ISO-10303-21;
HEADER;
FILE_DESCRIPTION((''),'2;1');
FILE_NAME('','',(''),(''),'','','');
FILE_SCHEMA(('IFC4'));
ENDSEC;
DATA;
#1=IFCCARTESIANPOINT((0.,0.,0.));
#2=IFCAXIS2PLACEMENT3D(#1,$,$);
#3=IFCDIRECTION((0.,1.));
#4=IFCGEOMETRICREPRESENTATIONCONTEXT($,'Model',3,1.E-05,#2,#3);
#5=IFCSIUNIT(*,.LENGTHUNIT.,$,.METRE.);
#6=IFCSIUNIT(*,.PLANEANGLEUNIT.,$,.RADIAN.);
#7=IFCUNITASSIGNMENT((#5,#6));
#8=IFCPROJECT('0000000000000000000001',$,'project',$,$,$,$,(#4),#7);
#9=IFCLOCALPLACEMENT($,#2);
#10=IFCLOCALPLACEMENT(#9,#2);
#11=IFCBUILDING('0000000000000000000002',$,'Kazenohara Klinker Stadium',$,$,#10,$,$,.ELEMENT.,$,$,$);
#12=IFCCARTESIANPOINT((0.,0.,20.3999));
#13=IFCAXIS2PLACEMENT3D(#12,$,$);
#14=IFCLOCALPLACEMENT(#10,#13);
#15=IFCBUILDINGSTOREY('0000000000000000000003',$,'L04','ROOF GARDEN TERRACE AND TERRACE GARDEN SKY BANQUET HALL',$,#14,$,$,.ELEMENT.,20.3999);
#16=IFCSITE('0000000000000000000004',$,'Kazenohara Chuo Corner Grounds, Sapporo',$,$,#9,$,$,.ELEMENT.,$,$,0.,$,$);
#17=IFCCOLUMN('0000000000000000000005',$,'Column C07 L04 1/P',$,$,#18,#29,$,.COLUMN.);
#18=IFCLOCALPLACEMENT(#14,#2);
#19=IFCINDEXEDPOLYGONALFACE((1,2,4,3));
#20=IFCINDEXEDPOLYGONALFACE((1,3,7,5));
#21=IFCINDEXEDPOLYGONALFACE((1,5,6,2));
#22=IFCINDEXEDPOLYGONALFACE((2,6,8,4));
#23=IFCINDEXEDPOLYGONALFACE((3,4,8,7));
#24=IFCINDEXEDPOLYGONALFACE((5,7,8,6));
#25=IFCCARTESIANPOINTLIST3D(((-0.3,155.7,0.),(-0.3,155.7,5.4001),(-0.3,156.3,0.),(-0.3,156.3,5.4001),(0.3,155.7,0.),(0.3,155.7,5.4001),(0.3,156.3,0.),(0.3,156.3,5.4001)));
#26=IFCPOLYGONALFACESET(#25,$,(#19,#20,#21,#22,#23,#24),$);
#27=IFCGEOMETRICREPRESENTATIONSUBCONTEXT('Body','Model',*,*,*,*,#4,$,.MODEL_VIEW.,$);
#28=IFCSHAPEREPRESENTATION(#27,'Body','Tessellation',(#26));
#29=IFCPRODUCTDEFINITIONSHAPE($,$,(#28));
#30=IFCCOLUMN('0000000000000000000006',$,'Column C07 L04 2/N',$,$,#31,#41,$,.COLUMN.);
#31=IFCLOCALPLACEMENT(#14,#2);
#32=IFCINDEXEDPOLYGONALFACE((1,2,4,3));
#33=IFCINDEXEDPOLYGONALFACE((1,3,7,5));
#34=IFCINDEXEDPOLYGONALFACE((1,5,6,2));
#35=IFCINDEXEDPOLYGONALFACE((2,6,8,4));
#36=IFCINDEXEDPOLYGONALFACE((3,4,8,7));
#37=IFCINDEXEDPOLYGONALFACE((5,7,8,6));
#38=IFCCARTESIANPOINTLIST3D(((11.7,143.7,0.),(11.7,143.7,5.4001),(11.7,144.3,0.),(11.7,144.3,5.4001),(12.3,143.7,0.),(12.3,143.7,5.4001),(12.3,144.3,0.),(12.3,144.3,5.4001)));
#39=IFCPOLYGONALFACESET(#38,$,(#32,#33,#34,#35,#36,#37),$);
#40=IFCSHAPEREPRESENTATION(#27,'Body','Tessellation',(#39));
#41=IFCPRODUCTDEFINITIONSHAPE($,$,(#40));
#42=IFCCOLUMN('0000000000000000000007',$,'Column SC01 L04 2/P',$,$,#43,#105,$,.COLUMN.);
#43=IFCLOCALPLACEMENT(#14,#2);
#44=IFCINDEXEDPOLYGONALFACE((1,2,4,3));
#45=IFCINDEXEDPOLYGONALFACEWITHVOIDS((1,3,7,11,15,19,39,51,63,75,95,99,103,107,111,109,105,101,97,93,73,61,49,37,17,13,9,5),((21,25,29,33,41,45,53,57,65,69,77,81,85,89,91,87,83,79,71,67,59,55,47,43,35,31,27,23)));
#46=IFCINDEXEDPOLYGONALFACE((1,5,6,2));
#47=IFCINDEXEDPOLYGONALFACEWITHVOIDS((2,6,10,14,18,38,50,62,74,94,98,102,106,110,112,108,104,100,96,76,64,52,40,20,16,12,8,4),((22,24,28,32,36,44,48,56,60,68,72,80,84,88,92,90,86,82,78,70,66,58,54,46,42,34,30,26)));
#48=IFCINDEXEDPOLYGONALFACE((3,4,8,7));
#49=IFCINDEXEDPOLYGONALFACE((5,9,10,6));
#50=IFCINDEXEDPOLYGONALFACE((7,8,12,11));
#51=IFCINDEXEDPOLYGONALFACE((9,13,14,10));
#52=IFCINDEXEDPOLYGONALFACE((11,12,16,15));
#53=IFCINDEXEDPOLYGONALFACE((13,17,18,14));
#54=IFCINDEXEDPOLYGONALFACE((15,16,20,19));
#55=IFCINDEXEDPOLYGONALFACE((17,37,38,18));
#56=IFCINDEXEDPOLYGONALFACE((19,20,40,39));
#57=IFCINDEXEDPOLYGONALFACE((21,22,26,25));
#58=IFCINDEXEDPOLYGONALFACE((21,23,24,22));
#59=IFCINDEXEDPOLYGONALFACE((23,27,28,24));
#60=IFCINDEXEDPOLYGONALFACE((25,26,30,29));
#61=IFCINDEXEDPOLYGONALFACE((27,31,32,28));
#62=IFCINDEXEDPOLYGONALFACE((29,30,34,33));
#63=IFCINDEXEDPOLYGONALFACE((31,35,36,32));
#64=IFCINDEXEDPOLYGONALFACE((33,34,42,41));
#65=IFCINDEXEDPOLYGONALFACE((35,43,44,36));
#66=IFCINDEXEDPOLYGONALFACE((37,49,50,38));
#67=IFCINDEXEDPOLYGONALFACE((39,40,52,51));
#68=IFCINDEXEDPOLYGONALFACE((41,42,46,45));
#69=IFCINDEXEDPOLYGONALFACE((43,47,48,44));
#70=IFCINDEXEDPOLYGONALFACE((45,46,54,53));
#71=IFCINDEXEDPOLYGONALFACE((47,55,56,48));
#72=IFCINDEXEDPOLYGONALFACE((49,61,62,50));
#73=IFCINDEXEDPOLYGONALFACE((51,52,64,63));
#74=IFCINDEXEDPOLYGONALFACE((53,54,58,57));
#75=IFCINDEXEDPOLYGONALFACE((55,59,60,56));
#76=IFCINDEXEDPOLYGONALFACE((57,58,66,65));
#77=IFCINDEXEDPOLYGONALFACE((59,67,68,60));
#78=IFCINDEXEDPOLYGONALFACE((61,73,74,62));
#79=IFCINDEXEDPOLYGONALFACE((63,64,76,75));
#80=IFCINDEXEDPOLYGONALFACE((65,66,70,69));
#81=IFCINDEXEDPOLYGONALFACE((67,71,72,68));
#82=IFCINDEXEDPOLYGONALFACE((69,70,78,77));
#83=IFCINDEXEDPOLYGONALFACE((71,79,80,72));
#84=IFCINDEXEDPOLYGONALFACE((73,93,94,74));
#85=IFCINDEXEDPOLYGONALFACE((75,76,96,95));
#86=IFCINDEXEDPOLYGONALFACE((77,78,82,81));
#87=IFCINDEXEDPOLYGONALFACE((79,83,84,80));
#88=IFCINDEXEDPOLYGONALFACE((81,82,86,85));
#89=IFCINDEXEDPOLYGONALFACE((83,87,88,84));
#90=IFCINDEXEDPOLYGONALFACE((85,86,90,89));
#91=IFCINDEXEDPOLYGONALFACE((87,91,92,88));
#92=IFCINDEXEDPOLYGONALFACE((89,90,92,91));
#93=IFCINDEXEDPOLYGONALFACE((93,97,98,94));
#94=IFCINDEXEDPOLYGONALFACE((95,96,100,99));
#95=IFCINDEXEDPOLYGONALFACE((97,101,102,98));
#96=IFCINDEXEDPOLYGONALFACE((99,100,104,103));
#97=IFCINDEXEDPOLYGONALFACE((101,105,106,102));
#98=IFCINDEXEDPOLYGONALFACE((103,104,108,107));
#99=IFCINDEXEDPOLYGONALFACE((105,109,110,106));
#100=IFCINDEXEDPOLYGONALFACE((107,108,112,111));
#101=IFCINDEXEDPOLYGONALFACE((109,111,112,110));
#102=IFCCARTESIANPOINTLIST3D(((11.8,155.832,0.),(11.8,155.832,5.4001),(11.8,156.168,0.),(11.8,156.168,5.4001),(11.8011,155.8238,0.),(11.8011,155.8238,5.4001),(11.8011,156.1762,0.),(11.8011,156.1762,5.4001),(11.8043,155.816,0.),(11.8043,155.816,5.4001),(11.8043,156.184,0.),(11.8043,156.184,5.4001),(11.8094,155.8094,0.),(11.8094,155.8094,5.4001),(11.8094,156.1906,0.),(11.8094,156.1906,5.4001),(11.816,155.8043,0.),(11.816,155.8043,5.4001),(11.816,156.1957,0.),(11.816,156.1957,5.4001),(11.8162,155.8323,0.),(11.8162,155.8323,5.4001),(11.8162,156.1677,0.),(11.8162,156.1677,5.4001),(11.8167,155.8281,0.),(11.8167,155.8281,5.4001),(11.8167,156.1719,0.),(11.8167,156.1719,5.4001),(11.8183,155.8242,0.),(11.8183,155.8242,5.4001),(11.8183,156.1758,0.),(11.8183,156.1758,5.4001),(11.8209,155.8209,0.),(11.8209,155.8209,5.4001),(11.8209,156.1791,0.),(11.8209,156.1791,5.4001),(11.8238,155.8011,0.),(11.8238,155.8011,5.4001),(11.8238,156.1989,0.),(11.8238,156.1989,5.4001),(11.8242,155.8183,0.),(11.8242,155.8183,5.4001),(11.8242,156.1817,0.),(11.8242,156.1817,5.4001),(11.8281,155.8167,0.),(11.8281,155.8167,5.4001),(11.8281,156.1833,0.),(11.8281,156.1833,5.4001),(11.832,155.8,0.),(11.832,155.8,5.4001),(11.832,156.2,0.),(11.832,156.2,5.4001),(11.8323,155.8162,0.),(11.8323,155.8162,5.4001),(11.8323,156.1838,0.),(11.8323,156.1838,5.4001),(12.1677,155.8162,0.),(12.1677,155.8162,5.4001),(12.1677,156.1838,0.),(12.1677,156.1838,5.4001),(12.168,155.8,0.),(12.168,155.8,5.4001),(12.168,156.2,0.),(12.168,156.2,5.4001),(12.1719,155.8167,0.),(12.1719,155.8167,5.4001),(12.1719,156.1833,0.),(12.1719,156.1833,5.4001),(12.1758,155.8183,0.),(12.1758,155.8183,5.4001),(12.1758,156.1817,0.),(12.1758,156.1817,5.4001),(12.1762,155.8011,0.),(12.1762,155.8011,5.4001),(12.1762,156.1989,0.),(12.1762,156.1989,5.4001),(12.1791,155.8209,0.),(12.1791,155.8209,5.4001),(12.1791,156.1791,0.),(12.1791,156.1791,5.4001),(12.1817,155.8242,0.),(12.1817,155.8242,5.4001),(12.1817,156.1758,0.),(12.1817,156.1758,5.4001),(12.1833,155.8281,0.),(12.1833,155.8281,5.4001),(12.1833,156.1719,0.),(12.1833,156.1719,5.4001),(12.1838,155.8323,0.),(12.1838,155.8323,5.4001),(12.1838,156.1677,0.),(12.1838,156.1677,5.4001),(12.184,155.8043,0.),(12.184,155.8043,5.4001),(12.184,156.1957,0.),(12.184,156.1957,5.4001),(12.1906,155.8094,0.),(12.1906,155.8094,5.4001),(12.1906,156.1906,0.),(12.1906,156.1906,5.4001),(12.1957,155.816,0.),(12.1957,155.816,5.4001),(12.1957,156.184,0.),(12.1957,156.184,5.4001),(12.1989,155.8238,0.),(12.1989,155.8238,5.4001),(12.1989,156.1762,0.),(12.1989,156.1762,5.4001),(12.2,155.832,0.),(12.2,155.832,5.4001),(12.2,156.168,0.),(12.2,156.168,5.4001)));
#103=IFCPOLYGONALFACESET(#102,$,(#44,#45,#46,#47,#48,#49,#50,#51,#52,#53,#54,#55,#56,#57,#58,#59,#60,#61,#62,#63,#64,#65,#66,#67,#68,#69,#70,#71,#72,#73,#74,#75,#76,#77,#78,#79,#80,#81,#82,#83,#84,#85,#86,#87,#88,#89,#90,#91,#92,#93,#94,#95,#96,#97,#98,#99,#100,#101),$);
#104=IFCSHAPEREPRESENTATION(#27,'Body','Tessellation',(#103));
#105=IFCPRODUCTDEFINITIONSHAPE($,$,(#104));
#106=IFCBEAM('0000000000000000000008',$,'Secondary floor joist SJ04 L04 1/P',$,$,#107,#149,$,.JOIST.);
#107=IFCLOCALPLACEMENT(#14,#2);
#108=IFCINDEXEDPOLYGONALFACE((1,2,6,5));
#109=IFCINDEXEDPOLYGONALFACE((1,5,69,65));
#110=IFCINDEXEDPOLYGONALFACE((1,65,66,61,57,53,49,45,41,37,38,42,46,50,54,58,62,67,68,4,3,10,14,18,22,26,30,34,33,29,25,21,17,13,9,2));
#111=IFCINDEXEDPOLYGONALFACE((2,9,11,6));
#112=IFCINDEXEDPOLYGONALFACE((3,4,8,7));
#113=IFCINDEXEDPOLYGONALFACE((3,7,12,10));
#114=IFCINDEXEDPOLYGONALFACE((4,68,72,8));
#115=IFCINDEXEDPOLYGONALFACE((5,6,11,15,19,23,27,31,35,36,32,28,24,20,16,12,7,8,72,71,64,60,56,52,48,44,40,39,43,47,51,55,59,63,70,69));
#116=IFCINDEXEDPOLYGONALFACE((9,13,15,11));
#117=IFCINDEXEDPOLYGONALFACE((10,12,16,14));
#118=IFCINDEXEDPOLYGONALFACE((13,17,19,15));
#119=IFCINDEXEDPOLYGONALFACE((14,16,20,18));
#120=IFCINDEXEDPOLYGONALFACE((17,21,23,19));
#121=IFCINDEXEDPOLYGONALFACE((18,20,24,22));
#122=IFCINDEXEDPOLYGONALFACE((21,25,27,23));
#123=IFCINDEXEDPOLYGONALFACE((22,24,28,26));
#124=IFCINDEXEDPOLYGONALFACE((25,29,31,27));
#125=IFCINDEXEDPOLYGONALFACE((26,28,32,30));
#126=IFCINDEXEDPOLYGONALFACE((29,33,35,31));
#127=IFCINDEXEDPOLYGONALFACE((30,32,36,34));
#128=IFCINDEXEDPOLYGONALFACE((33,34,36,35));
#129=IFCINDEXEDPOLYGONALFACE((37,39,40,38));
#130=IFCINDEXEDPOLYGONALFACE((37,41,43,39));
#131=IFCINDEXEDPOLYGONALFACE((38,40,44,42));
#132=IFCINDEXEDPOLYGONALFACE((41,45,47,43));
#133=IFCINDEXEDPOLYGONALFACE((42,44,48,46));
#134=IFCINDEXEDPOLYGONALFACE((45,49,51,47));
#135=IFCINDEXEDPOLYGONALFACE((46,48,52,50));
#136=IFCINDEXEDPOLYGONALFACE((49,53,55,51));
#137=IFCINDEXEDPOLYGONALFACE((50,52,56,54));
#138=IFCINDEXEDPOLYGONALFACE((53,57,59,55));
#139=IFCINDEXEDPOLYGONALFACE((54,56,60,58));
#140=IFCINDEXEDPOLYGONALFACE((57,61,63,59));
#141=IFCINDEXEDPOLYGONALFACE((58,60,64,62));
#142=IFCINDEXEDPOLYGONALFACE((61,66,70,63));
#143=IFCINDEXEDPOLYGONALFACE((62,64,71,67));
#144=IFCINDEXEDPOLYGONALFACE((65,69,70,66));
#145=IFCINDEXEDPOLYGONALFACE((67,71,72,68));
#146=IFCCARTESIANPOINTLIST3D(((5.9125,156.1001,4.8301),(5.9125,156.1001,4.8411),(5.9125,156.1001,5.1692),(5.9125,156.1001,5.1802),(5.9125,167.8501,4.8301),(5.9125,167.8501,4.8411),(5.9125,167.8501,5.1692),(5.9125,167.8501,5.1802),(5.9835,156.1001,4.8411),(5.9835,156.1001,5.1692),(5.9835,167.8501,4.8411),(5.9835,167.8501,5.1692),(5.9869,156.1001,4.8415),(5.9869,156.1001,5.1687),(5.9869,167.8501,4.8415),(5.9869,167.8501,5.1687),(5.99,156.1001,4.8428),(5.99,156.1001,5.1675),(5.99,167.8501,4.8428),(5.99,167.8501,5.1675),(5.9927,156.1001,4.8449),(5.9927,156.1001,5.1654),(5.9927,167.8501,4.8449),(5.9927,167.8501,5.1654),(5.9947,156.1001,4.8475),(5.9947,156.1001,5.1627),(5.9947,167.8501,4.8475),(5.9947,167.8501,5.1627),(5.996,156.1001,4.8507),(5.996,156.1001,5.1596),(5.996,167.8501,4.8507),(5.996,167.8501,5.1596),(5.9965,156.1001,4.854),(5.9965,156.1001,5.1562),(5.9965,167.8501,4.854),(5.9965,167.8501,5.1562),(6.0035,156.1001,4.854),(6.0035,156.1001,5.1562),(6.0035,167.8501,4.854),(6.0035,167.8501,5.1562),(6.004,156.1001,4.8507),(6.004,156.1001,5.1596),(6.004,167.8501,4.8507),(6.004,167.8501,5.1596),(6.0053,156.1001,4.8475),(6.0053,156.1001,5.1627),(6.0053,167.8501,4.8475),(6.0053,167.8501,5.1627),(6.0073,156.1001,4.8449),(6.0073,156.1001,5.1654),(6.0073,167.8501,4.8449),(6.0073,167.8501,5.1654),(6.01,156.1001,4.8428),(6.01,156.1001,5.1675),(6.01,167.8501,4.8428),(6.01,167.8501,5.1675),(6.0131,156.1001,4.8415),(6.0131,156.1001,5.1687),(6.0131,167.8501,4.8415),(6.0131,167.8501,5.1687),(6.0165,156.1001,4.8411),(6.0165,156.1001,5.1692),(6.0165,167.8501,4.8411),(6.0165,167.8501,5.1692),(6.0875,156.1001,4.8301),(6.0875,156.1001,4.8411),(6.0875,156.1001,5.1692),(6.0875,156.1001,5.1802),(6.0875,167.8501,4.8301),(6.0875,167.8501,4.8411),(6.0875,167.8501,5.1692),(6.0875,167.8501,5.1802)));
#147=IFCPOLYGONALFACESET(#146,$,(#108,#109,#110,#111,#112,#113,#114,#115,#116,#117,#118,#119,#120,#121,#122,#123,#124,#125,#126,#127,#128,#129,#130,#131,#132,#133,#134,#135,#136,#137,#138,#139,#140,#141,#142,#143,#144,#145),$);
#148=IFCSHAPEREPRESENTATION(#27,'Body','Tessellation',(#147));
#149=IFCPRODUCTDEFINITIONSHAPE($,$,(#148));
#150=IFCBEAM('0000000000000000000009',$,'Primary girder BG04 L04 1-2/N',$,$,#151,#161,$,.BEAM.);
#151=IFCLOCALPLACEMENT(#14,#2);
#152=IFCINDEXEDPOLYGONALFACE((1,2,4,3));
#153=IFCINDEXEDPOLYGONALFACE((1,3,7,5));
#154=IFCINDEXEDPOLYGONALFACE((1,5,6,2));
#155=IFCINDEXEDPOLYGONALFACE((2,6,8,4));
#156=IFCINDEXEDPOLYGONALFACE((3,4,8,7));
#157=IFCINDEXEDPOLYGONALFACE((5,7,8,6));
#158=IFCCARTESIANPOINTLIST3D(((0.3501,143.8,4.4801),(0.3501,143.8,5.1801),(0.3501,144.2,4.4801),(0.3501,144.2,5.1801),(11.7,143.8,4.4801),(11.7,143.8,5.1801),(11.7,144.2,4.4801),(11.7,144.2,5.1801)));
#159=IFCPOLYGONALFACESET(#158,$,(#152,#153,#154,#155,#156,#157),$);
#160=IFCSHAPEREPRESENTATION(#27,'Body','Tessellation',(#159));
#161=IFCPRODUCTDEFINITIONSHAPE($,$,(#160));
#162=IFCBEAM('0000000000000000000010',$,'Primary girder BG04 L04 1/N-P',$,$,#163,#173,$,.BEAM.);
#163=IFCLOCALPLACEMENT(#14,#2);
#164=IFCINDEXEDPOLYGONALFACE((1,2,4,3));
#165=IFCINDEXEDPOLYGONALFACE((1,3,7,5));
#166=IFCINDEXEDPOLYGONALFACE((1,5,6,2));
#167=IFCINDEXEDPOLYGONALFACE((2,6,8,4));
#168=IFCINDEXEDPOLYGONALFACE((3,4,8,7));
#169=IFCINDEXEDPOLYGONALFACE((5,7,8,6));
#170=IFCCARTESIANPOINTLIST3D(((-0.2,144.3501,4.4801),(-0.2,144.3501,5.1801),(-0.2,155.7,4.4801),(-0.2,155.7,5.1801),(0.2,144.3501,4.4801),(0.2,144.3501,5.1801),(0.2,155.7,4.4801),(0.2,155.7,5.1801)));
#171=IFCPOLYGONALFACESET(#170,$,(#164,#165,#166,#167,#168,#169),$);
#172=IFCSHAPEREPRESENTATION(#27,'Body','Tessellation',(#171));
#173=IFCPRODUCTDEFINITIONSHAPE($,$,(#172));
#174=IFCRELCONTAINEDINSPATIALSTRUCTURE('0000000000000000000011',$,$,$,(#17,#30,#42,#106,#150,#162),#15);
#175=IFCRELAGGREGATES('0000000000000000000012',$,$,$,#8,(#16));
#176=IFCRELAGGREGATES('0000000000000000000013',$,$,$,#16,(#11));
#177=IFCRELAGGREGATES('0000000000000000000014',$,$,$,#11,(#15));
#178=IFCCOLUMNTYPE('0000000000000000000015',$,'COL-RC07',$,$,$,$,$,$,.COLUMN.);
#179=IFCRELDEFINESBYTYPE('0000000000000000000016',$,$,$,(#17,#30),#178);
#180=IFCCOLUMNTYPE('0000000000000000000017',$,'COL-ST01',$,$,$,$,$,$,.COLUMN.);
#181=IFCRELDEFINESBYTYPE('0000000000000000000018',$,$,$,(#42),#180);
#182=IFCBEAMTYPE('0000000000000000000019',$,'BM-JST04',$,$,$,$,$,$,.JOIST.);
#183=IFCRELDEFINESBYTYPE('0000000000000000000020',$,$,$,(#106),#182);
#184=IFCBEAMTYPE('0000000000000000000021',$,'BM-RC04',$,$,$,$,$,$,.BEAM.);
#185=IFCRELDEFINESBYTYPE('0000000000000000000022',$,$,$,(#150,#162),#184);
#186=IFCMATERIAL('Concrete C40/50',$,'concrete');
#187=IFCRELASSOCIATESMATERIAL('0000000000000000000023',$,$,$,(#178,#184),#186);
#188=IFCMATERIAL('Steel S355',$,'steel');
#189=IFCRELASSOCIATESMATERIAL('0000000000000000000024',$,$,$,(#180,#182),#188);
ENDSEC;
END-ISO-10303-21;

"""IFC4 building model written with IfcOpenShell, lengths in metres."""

from ifc_helpers import new_model, si_unit, direction, frame, origin, origin_2d, place, context, subcontext, project, spatial, rectangle, hollow_rectangle, i_section, extrude, material, material_profile, profile_set, type_object, element, save


model = new_model("IFC4")

# Units and contexts
model_context = context("Model", 3, precision=1e-05, world=origin(), true_north=direction((0.0, 1.0)))
body_context = subcontext(model_context, "Body", "Model", "MODEL_VIEW")
ifc_project = project(units=[si_unit("LENGTHUNIT", "METRE"), si_unit("PLANEANGLEUNIT", "RADIAN")], contexts=[model_context])

# Site, building, storey
site_placement = place(None, origin())
site = spatial("IfcSite", under=ifc_project, at=site_placement, Name="Kazenohara Chuo Corner Grounds, Sapporo", CompositionType="ELEMENT", RefElevation=0.0)
building_placement = place(site_placement, origin())
building = spatial("IfcBuilding", under=site, at=building_placement, Name="Kazenohara Klinker Stadium", CompositionType="ELEMENT")
storey_placement = place(building_placement, frame((0.0, 0.0, 20.3999)))
storey = spatial("IfcBuildingStorey", under=building, at=storey_placement, Name="L04", Description="ROOF GARDEN TERRACE AND TERRACE GARDEN SKY BANQUET HALL", CompositionType="ELEMENT", Elevation=20.3999)

# Columns
ifc_material_1 = material(Name="Concrete C40/50", Category="concrete")
ifc_material_profile_1 = material_profile(ifc_material_1, rectangle(XDim=0.6001, YDim=0.6001, at=origin_2d()), Name="RC-COL-600x600")
ifc_profile_set_1 = profile_set([ifc_material_profile_1], Name="Concrete C40/50")
column_type_1 = type_object("IfcColumnType", Name="COL-RC07", PredefinedType="COLUMN", material=ifc_profile_set_1)
for number, where, z_axis, x_axis, name in (
    (1, (0.0, 156.0, 0.0), (0.0, 0.0, 1.0), (1.0, 0.0, 0.0), "Column C07 L04 1/P"),
    (2, (12.0, 144.0, 0.0), (0.0, 0.0, 1.0), (1.0, 0.0, 0.0), "Column C07 L04 2/N"),
):
    element("IfcColumn", number, at=place(storey_placement, frame(where, z_axis=z_axis, x_axis=x_axis)), inside=storey, type_object=column_type_1, Name=name, PredefinedType="COLUMN", context=body_context, shape_type="SweptSolid", body=[
        extrude(rectangle(XDim=0.6001, YDim=0.6001, at=origin_2d()), origin(), (0.0, 0.0, 1.0), 5.4001),
    ])
ifc_material_2 = material(Name="Steel S355", Category="steel")
ifc_material_profile_2 = material_profile(ifc_material_2, hollow_rectangle(XDim=0.3999, YDim=0.3999, WallThickness=0.0161, InnerFilletRadius=0.0161, OuterFilletRadius=0.032, at=origin_2d()), Name="SHS-400x400x16")
ifc_profile_set_2 = profile_set([ifc_material_profile_2], Name="Steel S355")
column_type_2 = type_object("IfcColumnType", Name="COL-ST01", PredefinedType="COLUMN", material=ifc_profile_set_2)
column_placement = place(storey_placement, frame((12.0, 156.0, 0.0), z_axis=(0.0, 0.0, 1.0), x_axis=(1.0, 0.0, 0.0)))
element("IfcColumn", 3, at=column_placement, inside=storey, type_object=column_type_2, Name="Column SC01 L04 2/P", PredefinedType="COLUMN", context=body_context, shape_type="SweptSolid", body=[
    extrude(hollow_rectangle(XDim=0.3999, YDim=0.3999, WallThickness=0.0161, InnerFilletRadius=0.0161, OuterFilletRadius=0.032, at=origin_2d()), origin(), (0.0, 0.0, 1.0), 5.4001),
])

# Beams
ifc_material_profile_3 = material_profile(ifc_material_2, i_section(OverallWidth=0.175, OverallDepth=0.3501, WebThickness=0.0071, FlangeThickness=0.011, FilletRadius=0.0129, at=origin_2d()), Name="H-350x175x7x11")
ifc_profile_set_3 = profile_set([ifc_material_profile_3], Name="Steel S355")
beam_type_1 = type_object("IfcBeamType", Name="BM-JST04", PredefinedType="JOIST", material=ifc_profile_set_3)
beam_placement = place(storey_placement, frame((6.0, 156.1001, 5.0051), z_axis=(0.0, 1.0, 0.0), x_axis=(-1.0, 0.0, 0.0)))
element("IfcBeam", 4, at=beam_placement, inside=storey, type_object=beam_type_1, Name="Secondary floor joist SJ04 L04 1/P", PredefinedType="JOIST", context=body_context, shape_type="SweptSolid", body=[
    extrude(i_section(OverallWidth=0.175, OverallDepth=0.3501, WebThickness=0.0071, FlangeThickness=0.011, FilletRadius=0.0129, at=origin_2d()), origin(), (0.0, 0.0, 1.0), 11.75),
])
ifc_material_profile_4 = material_profile(ifc_material_1, rectangle(XDim=0.3999, YDim=0.7, at=origin_2d()), Name="RC-BM-400x700")
ifc_profile_set_4 = profile_set([ifc_material_profile_4], Name="Concrete C40/50")
beam_type_2 = type_object("IfcBeamType", Name="BM-RC04", PredefinedType="BEAM", material=ifc_profile_set_4)
for number, where, z_axis, x_axis, name in (
    (5, (0.3501, 144.0, 4.8301), (1.0, 0.0, 0.0), (0.0, 1.0, 0.0), "Primary girder BG04 L04 1-2/N"),
    (6, (0.0, 144.3501, 4.8301), (0.0, 1.0, 0.0), (-1.0, 0.0, 0.0), "Primary girder BG04 L04 1/N-P"),
):
    element("IfcBeam", number, at=place(storey_placement, frame(where, z_axis=z_axis, x_axis=x_axis)), inside=storey, type_object=beam_type_2, Name=name, PredefinedType="BEAM", context=body_context, shape_type="SweptSolid", body=[
        extrude(rectangle(XDim=0.3999, YDim=0.7, at=origin_2d()), origin(), (0.0, 0.0, 1.0), 11.3499),
    ])

save(model, "model.ifc")
